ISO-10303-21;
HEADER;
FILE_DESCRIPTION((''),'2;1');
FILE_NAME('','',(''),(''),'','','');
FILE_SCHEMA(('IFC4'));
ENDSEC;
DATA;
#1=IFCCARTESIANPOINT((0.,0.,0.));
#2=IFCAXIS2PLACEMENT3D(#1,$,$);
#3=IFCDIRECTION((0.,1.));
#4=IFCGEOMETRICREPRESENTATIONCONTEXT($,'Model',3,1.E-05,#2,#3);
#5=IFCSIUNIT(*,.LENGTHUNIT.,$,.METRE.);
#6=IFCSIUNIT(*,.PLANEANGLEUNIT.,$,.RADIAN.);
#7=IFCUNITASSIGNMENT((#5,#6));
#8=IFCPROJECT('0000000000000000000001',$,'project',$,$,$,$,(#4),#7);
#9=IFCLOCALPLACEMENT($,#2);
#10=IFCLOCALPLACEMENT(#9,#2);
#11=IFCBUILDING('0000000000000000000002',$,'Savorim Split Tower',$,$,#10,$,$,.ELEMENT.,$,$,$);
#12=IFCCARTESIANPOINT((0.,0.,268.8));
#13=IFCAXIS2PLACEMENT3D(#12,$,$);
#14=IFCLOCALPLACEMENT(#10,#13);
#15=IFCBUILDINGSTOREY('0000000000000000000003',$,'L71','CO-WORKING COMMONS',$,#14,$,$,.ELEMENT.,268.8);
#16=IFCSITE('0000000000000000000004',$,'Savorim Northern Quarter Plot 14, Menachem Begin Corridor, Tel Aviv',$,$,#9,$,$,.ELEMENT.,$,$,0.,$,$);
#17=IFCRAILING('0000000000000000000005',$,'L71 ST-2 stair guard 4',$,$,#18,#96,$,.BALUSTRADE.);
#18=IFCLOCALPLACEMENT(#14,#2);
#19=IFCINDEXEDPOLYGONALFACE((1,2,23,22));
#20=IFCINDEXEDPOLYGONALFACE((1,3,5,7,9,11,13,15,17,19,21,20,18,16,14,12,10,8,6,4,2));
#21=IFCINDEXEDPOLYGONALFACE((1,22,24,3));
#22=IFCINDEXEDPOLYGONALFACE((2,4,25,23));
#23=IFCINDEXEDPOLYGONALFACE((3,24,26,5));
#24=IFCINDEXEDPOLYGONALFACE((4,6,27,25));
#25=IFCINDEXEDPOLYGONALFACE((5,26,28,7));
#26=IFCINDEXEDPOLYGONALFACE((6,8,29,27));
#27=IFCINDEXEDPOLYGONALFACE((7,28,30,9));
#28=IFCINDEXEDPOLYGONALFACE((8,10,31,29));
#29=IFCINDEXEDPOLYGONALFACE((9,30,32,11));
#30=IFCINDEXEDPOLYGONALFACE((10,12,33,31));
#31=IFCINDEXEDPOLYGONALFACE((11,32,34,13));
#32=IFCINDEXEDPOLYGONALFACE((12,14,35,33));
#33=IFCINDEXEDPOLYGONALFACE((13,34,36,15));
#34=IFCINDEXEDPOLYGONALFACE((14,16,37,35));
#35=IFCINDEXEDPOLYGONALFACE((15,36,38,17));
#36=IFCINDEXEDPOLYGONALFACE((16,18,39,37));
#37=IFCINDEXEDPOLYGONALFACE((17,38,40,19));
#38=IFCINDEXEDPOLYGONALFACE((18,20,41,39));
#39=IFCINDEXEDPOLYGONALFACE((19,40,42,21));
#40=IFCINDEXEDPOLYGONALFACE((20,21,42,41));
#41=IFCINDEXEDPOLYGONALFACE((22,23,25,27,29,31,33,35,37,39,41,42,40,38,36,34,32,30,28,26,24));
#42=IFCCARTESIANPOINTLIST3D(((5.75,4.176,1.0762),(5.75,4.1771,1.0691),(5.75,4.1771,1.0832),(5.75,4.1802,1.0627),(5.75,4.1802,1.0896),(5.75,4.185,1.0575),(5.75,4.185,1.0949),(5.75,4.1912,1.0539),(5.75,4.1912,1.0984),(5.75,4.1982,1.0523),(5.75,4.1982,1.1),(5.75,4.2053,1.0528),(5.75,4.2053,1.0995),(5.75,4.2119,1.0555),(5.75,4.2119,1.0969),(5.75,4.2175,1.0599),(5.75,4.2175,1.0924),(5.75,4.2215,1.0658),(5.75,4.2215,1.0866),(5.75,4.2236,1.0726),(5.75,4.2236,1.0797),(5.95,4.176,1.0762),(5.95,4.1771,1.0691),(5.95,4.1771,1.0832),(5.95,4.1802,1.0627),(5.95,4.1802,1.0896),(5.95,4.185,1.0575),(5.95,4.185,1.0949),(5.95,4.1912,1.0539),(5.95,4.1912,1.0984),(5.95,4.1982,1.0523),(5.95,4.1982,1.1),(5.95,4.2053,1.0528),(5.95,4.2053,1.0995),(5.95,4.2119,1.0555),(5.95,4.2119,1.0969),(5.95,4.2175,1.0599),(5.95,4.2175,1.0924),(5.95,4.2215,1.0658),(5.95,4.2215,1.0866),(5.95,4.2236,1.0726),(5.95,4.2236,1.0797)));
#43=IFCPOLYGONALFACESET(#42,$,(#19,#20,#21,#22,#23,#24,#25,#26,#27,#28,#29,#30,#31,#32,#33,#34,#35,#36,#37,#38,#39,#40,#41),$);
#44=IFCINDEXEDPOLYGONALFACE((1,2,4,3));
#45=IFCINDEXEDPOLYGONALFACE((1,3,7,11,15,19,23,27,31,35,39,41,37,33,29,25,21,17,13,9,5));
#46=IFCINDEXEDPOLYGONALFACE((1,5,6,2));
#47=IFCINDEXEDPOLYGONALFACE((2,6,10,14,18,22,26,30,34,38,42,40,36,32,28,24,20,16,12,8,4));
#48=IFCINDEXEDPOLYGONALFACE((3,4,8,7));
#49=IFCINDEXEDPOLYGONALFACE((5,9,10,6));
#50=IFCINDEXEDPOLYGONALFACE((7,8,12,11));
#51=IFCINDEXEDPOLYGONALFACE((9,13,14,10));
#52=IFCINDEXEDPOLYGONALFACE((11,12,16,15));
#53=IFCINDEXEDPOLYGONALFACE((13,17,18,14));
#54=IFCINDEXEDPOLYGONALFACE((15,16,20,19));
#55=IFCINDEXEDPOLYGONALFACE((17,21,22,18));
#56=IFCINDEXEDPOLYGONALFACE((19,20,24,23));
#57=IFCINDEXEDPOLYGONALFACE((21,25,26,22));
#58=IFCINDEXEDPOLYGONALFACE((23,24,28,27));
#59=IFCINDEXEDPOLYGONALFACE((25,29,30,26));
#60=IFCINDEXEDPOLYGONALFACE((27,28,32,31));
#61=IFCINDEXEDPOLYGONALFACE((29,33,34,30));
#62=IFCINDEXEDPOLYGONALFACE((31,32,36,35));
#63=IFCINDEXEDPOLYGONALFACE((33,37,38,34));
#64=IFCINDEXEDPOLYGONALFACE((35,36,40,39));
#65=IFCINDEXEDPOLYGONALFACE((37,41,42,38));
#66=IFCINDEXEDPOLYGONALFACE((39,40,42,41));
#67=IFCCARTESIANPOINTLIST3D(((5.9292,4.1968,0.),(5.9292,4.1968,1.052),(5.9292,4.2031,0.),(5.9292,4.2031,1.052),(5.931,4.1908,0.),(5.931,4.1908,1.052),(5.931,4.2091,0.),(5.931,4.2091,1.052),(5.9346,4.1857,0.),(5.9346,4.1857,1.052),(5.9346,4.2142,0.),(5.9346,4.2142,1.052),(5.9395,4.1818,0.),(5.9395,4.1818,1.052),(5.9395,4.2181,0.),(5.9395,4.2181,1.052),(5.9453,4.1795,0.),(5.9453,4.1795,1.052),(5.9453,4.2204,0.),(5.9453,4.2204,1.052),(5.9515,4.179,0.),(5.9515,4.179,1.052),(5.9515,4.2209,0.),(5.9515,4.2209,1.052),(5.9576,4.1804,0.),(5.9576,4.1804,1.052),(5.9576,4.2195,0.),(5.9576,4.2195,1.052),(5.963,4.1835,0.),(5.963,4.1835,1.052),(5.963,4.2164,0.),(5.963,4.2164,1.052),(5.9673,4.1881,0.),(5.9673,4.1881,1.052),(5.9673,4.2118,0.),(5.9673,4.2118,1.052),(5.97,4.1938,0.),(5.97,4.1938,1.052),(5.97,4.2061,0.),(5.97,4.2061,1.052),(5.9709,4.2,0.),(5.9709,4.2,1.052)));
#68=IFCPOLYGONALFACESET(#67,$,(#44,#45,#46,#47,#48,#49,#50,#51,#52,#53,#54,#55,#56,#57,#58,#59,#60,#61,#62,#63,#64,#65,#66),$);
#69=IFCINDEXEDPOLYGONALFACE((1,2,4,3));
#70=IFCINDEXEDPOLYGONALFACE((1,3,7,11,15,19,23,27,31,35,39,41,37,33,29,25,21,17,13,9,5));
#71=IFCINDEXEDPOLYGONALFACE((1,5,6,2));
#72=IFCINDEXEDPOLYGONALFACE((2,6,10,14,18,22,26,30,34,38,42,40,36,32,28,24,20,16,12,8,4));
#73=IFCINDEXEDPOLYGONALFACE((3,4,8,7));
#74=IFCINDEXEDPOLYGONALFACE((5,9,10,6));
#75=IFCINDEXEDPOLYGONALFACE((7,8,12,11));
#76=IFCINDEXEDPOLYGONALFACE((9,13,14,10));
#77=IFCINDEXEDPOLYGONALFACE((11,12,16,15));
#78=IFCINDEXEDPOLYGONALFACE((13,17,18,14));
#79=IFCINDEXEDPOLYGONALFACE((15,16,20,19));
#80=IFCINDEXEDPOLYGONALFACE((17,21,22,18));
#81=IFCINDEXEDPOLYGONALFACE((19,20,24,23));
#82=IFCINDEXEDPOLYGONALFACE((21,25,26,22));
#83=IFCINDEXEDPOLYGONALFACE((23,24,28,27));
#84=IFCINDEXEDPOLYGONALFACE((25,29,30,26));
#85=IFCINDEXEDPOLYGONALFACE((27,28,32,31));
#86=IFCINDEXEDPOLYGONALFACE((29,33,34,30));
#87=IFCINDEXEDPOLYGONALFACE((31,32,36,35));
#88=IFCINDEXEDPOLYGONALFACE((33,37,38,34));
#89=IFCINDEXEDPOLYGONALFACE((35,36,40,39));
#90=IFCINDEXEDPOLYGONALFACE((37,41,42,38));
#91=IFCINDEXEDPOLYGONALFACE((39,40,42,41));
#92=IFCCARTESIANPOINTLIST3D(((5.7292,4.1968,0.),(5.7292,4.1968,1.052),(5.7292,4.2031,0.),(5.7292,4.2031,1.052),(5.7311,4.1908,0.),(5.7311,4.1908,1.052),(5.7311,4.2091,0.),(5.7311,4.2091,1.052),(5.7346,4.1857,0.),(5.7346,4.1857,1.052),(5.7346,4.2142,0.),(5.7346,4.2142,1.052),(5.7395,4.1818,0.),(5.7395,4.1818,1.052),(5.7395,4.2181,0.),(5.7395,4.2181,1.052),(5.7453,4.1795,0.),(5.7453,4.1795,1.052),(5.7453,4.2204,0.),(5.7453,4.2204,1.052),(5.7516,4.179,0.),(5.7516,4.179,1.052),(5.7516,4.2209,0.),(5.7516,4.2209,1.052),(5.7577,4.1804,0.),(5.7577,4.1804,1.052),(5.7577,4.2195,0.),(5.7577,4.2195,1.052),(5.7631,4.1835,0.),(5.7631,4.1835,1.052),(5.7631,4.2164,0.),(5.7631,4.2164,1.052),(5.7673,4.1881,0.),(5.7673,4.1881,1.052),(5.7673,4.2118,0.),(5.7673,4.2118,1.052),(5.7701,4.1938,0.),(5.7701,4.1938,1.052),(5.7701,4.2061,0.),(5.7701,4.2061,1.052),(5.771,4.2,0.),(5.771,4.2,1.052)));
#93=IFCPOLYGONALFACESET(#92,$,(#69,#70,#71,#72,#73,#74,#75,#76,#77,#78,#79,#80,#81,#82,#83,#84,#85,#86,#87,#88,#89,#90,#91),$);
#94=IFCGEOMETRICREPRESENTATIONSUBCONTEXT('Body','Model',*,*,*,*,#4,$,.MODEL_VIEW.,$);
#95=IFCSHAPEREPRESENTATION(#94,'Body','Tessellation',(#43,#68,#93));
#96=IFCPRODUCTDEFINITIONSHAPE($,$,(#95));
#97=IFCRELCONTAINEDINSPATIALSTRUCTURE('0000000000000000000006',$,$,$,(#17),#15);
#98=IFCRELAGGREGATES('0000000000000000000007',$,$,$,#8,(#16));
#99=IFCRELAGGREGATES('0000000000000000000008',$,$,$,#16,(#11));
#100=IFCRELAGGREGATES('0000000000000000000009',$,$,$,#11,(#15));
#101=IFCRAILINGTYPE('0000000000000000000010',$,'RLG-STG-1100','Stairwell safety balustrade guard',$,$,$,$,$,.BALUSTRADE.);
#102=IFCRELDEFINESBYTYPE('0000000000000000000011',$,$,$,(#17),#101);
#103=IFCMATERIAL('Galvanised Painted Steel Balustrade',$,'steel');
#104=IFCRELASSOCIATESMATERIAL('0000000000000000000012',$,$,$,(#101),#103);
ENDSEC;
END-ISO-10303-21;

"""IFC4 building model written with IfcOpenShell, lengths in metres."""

from ifc_helpers import new_model, si_unit, direction, frame, origin, origin_2d, place, context, subcontext, project, spatial, circle, extrude, material, type_object, element, save


model = new_model("IFC4")

# Units and contexts
model_context = context("Model", 3, precision=1e-05, world=origin(), true_north=direction((0.0, 1.0)))
body_context = subcontext(model_context, "Body", "Model", "MODEL_VIEW")
ifc_project = project(units=[si_unit("LENGTHUNIT", "METRE"), si_unit("PLANEANGLEUNIT", "RADIAN")], contexts=[model_context])

# Site, building, storey
site_placement = place(None, origin())
site = spatial("IfcSite", under=ifc_project, at=site_placement, Name="Savorim Northern Quarter Plot 14, Menachem Begin Corridor, Tel Aviv", CompositionType="ELEMENT", RefElevation=0.0)
building_placement = place(site_placement, origin())
building = spatial("IfcBuilding", under=site, at=building_placement, Name="Savorim Split Tower", CompositionType="ELEMENT")
storey_placement = place(building_placement, frame((0.0, 0.0, 268.8)))
storey = spatial("IfcBuildingStorey", under=building, at=storey_placement, Name="L71", Description="CO-WORKING COMMONS", CompositionType="ELEMENT", Elevation=268.8)

# Railing
ifc_material_1 = material(Name="Galvanised Painted Steel Balustrade", Category="steel")
railing_type_1 = type_object("IfcRailingType", Name="RLG-STG-1100", Description="Stairwell safety balustrade guard", PredefinedType="BALUSTRADE", material=ifc_material_1)
railing_1_placement = place(storey_placement, frame((5.95, 4.2, 0.0)))
element("IfcRailing", 1, at=railing_1_placement, inside=storey, type_object=railing_type_1, Name="L71 ST-2 stair guard 4", PredefinedType="BALUSTRADE", context=body_context, shape_type="SweptSolid", body=[
    extrude(circle(Radius=0.0239, at=origin_2d()), frame((0.0, 0.0, 1.0762), z_axis=(-1.0, 0.0, 0.0), x_axis=(0.0, -1.0, 0.0)), (0.0, 0.0, 1.0), 0.2),
    extrude(circle(Radius=0.021, at=origin_2d()), origin(), (0.0, 0.0, 1.0), 1.052),
    extrude(circle(Radius=0.021, at=origin_2d()), frame((-0.2, 0.0, 0.0)), (0.0, 0.0, 1.0), 1.052),
])

save(model, "model.ifc")
